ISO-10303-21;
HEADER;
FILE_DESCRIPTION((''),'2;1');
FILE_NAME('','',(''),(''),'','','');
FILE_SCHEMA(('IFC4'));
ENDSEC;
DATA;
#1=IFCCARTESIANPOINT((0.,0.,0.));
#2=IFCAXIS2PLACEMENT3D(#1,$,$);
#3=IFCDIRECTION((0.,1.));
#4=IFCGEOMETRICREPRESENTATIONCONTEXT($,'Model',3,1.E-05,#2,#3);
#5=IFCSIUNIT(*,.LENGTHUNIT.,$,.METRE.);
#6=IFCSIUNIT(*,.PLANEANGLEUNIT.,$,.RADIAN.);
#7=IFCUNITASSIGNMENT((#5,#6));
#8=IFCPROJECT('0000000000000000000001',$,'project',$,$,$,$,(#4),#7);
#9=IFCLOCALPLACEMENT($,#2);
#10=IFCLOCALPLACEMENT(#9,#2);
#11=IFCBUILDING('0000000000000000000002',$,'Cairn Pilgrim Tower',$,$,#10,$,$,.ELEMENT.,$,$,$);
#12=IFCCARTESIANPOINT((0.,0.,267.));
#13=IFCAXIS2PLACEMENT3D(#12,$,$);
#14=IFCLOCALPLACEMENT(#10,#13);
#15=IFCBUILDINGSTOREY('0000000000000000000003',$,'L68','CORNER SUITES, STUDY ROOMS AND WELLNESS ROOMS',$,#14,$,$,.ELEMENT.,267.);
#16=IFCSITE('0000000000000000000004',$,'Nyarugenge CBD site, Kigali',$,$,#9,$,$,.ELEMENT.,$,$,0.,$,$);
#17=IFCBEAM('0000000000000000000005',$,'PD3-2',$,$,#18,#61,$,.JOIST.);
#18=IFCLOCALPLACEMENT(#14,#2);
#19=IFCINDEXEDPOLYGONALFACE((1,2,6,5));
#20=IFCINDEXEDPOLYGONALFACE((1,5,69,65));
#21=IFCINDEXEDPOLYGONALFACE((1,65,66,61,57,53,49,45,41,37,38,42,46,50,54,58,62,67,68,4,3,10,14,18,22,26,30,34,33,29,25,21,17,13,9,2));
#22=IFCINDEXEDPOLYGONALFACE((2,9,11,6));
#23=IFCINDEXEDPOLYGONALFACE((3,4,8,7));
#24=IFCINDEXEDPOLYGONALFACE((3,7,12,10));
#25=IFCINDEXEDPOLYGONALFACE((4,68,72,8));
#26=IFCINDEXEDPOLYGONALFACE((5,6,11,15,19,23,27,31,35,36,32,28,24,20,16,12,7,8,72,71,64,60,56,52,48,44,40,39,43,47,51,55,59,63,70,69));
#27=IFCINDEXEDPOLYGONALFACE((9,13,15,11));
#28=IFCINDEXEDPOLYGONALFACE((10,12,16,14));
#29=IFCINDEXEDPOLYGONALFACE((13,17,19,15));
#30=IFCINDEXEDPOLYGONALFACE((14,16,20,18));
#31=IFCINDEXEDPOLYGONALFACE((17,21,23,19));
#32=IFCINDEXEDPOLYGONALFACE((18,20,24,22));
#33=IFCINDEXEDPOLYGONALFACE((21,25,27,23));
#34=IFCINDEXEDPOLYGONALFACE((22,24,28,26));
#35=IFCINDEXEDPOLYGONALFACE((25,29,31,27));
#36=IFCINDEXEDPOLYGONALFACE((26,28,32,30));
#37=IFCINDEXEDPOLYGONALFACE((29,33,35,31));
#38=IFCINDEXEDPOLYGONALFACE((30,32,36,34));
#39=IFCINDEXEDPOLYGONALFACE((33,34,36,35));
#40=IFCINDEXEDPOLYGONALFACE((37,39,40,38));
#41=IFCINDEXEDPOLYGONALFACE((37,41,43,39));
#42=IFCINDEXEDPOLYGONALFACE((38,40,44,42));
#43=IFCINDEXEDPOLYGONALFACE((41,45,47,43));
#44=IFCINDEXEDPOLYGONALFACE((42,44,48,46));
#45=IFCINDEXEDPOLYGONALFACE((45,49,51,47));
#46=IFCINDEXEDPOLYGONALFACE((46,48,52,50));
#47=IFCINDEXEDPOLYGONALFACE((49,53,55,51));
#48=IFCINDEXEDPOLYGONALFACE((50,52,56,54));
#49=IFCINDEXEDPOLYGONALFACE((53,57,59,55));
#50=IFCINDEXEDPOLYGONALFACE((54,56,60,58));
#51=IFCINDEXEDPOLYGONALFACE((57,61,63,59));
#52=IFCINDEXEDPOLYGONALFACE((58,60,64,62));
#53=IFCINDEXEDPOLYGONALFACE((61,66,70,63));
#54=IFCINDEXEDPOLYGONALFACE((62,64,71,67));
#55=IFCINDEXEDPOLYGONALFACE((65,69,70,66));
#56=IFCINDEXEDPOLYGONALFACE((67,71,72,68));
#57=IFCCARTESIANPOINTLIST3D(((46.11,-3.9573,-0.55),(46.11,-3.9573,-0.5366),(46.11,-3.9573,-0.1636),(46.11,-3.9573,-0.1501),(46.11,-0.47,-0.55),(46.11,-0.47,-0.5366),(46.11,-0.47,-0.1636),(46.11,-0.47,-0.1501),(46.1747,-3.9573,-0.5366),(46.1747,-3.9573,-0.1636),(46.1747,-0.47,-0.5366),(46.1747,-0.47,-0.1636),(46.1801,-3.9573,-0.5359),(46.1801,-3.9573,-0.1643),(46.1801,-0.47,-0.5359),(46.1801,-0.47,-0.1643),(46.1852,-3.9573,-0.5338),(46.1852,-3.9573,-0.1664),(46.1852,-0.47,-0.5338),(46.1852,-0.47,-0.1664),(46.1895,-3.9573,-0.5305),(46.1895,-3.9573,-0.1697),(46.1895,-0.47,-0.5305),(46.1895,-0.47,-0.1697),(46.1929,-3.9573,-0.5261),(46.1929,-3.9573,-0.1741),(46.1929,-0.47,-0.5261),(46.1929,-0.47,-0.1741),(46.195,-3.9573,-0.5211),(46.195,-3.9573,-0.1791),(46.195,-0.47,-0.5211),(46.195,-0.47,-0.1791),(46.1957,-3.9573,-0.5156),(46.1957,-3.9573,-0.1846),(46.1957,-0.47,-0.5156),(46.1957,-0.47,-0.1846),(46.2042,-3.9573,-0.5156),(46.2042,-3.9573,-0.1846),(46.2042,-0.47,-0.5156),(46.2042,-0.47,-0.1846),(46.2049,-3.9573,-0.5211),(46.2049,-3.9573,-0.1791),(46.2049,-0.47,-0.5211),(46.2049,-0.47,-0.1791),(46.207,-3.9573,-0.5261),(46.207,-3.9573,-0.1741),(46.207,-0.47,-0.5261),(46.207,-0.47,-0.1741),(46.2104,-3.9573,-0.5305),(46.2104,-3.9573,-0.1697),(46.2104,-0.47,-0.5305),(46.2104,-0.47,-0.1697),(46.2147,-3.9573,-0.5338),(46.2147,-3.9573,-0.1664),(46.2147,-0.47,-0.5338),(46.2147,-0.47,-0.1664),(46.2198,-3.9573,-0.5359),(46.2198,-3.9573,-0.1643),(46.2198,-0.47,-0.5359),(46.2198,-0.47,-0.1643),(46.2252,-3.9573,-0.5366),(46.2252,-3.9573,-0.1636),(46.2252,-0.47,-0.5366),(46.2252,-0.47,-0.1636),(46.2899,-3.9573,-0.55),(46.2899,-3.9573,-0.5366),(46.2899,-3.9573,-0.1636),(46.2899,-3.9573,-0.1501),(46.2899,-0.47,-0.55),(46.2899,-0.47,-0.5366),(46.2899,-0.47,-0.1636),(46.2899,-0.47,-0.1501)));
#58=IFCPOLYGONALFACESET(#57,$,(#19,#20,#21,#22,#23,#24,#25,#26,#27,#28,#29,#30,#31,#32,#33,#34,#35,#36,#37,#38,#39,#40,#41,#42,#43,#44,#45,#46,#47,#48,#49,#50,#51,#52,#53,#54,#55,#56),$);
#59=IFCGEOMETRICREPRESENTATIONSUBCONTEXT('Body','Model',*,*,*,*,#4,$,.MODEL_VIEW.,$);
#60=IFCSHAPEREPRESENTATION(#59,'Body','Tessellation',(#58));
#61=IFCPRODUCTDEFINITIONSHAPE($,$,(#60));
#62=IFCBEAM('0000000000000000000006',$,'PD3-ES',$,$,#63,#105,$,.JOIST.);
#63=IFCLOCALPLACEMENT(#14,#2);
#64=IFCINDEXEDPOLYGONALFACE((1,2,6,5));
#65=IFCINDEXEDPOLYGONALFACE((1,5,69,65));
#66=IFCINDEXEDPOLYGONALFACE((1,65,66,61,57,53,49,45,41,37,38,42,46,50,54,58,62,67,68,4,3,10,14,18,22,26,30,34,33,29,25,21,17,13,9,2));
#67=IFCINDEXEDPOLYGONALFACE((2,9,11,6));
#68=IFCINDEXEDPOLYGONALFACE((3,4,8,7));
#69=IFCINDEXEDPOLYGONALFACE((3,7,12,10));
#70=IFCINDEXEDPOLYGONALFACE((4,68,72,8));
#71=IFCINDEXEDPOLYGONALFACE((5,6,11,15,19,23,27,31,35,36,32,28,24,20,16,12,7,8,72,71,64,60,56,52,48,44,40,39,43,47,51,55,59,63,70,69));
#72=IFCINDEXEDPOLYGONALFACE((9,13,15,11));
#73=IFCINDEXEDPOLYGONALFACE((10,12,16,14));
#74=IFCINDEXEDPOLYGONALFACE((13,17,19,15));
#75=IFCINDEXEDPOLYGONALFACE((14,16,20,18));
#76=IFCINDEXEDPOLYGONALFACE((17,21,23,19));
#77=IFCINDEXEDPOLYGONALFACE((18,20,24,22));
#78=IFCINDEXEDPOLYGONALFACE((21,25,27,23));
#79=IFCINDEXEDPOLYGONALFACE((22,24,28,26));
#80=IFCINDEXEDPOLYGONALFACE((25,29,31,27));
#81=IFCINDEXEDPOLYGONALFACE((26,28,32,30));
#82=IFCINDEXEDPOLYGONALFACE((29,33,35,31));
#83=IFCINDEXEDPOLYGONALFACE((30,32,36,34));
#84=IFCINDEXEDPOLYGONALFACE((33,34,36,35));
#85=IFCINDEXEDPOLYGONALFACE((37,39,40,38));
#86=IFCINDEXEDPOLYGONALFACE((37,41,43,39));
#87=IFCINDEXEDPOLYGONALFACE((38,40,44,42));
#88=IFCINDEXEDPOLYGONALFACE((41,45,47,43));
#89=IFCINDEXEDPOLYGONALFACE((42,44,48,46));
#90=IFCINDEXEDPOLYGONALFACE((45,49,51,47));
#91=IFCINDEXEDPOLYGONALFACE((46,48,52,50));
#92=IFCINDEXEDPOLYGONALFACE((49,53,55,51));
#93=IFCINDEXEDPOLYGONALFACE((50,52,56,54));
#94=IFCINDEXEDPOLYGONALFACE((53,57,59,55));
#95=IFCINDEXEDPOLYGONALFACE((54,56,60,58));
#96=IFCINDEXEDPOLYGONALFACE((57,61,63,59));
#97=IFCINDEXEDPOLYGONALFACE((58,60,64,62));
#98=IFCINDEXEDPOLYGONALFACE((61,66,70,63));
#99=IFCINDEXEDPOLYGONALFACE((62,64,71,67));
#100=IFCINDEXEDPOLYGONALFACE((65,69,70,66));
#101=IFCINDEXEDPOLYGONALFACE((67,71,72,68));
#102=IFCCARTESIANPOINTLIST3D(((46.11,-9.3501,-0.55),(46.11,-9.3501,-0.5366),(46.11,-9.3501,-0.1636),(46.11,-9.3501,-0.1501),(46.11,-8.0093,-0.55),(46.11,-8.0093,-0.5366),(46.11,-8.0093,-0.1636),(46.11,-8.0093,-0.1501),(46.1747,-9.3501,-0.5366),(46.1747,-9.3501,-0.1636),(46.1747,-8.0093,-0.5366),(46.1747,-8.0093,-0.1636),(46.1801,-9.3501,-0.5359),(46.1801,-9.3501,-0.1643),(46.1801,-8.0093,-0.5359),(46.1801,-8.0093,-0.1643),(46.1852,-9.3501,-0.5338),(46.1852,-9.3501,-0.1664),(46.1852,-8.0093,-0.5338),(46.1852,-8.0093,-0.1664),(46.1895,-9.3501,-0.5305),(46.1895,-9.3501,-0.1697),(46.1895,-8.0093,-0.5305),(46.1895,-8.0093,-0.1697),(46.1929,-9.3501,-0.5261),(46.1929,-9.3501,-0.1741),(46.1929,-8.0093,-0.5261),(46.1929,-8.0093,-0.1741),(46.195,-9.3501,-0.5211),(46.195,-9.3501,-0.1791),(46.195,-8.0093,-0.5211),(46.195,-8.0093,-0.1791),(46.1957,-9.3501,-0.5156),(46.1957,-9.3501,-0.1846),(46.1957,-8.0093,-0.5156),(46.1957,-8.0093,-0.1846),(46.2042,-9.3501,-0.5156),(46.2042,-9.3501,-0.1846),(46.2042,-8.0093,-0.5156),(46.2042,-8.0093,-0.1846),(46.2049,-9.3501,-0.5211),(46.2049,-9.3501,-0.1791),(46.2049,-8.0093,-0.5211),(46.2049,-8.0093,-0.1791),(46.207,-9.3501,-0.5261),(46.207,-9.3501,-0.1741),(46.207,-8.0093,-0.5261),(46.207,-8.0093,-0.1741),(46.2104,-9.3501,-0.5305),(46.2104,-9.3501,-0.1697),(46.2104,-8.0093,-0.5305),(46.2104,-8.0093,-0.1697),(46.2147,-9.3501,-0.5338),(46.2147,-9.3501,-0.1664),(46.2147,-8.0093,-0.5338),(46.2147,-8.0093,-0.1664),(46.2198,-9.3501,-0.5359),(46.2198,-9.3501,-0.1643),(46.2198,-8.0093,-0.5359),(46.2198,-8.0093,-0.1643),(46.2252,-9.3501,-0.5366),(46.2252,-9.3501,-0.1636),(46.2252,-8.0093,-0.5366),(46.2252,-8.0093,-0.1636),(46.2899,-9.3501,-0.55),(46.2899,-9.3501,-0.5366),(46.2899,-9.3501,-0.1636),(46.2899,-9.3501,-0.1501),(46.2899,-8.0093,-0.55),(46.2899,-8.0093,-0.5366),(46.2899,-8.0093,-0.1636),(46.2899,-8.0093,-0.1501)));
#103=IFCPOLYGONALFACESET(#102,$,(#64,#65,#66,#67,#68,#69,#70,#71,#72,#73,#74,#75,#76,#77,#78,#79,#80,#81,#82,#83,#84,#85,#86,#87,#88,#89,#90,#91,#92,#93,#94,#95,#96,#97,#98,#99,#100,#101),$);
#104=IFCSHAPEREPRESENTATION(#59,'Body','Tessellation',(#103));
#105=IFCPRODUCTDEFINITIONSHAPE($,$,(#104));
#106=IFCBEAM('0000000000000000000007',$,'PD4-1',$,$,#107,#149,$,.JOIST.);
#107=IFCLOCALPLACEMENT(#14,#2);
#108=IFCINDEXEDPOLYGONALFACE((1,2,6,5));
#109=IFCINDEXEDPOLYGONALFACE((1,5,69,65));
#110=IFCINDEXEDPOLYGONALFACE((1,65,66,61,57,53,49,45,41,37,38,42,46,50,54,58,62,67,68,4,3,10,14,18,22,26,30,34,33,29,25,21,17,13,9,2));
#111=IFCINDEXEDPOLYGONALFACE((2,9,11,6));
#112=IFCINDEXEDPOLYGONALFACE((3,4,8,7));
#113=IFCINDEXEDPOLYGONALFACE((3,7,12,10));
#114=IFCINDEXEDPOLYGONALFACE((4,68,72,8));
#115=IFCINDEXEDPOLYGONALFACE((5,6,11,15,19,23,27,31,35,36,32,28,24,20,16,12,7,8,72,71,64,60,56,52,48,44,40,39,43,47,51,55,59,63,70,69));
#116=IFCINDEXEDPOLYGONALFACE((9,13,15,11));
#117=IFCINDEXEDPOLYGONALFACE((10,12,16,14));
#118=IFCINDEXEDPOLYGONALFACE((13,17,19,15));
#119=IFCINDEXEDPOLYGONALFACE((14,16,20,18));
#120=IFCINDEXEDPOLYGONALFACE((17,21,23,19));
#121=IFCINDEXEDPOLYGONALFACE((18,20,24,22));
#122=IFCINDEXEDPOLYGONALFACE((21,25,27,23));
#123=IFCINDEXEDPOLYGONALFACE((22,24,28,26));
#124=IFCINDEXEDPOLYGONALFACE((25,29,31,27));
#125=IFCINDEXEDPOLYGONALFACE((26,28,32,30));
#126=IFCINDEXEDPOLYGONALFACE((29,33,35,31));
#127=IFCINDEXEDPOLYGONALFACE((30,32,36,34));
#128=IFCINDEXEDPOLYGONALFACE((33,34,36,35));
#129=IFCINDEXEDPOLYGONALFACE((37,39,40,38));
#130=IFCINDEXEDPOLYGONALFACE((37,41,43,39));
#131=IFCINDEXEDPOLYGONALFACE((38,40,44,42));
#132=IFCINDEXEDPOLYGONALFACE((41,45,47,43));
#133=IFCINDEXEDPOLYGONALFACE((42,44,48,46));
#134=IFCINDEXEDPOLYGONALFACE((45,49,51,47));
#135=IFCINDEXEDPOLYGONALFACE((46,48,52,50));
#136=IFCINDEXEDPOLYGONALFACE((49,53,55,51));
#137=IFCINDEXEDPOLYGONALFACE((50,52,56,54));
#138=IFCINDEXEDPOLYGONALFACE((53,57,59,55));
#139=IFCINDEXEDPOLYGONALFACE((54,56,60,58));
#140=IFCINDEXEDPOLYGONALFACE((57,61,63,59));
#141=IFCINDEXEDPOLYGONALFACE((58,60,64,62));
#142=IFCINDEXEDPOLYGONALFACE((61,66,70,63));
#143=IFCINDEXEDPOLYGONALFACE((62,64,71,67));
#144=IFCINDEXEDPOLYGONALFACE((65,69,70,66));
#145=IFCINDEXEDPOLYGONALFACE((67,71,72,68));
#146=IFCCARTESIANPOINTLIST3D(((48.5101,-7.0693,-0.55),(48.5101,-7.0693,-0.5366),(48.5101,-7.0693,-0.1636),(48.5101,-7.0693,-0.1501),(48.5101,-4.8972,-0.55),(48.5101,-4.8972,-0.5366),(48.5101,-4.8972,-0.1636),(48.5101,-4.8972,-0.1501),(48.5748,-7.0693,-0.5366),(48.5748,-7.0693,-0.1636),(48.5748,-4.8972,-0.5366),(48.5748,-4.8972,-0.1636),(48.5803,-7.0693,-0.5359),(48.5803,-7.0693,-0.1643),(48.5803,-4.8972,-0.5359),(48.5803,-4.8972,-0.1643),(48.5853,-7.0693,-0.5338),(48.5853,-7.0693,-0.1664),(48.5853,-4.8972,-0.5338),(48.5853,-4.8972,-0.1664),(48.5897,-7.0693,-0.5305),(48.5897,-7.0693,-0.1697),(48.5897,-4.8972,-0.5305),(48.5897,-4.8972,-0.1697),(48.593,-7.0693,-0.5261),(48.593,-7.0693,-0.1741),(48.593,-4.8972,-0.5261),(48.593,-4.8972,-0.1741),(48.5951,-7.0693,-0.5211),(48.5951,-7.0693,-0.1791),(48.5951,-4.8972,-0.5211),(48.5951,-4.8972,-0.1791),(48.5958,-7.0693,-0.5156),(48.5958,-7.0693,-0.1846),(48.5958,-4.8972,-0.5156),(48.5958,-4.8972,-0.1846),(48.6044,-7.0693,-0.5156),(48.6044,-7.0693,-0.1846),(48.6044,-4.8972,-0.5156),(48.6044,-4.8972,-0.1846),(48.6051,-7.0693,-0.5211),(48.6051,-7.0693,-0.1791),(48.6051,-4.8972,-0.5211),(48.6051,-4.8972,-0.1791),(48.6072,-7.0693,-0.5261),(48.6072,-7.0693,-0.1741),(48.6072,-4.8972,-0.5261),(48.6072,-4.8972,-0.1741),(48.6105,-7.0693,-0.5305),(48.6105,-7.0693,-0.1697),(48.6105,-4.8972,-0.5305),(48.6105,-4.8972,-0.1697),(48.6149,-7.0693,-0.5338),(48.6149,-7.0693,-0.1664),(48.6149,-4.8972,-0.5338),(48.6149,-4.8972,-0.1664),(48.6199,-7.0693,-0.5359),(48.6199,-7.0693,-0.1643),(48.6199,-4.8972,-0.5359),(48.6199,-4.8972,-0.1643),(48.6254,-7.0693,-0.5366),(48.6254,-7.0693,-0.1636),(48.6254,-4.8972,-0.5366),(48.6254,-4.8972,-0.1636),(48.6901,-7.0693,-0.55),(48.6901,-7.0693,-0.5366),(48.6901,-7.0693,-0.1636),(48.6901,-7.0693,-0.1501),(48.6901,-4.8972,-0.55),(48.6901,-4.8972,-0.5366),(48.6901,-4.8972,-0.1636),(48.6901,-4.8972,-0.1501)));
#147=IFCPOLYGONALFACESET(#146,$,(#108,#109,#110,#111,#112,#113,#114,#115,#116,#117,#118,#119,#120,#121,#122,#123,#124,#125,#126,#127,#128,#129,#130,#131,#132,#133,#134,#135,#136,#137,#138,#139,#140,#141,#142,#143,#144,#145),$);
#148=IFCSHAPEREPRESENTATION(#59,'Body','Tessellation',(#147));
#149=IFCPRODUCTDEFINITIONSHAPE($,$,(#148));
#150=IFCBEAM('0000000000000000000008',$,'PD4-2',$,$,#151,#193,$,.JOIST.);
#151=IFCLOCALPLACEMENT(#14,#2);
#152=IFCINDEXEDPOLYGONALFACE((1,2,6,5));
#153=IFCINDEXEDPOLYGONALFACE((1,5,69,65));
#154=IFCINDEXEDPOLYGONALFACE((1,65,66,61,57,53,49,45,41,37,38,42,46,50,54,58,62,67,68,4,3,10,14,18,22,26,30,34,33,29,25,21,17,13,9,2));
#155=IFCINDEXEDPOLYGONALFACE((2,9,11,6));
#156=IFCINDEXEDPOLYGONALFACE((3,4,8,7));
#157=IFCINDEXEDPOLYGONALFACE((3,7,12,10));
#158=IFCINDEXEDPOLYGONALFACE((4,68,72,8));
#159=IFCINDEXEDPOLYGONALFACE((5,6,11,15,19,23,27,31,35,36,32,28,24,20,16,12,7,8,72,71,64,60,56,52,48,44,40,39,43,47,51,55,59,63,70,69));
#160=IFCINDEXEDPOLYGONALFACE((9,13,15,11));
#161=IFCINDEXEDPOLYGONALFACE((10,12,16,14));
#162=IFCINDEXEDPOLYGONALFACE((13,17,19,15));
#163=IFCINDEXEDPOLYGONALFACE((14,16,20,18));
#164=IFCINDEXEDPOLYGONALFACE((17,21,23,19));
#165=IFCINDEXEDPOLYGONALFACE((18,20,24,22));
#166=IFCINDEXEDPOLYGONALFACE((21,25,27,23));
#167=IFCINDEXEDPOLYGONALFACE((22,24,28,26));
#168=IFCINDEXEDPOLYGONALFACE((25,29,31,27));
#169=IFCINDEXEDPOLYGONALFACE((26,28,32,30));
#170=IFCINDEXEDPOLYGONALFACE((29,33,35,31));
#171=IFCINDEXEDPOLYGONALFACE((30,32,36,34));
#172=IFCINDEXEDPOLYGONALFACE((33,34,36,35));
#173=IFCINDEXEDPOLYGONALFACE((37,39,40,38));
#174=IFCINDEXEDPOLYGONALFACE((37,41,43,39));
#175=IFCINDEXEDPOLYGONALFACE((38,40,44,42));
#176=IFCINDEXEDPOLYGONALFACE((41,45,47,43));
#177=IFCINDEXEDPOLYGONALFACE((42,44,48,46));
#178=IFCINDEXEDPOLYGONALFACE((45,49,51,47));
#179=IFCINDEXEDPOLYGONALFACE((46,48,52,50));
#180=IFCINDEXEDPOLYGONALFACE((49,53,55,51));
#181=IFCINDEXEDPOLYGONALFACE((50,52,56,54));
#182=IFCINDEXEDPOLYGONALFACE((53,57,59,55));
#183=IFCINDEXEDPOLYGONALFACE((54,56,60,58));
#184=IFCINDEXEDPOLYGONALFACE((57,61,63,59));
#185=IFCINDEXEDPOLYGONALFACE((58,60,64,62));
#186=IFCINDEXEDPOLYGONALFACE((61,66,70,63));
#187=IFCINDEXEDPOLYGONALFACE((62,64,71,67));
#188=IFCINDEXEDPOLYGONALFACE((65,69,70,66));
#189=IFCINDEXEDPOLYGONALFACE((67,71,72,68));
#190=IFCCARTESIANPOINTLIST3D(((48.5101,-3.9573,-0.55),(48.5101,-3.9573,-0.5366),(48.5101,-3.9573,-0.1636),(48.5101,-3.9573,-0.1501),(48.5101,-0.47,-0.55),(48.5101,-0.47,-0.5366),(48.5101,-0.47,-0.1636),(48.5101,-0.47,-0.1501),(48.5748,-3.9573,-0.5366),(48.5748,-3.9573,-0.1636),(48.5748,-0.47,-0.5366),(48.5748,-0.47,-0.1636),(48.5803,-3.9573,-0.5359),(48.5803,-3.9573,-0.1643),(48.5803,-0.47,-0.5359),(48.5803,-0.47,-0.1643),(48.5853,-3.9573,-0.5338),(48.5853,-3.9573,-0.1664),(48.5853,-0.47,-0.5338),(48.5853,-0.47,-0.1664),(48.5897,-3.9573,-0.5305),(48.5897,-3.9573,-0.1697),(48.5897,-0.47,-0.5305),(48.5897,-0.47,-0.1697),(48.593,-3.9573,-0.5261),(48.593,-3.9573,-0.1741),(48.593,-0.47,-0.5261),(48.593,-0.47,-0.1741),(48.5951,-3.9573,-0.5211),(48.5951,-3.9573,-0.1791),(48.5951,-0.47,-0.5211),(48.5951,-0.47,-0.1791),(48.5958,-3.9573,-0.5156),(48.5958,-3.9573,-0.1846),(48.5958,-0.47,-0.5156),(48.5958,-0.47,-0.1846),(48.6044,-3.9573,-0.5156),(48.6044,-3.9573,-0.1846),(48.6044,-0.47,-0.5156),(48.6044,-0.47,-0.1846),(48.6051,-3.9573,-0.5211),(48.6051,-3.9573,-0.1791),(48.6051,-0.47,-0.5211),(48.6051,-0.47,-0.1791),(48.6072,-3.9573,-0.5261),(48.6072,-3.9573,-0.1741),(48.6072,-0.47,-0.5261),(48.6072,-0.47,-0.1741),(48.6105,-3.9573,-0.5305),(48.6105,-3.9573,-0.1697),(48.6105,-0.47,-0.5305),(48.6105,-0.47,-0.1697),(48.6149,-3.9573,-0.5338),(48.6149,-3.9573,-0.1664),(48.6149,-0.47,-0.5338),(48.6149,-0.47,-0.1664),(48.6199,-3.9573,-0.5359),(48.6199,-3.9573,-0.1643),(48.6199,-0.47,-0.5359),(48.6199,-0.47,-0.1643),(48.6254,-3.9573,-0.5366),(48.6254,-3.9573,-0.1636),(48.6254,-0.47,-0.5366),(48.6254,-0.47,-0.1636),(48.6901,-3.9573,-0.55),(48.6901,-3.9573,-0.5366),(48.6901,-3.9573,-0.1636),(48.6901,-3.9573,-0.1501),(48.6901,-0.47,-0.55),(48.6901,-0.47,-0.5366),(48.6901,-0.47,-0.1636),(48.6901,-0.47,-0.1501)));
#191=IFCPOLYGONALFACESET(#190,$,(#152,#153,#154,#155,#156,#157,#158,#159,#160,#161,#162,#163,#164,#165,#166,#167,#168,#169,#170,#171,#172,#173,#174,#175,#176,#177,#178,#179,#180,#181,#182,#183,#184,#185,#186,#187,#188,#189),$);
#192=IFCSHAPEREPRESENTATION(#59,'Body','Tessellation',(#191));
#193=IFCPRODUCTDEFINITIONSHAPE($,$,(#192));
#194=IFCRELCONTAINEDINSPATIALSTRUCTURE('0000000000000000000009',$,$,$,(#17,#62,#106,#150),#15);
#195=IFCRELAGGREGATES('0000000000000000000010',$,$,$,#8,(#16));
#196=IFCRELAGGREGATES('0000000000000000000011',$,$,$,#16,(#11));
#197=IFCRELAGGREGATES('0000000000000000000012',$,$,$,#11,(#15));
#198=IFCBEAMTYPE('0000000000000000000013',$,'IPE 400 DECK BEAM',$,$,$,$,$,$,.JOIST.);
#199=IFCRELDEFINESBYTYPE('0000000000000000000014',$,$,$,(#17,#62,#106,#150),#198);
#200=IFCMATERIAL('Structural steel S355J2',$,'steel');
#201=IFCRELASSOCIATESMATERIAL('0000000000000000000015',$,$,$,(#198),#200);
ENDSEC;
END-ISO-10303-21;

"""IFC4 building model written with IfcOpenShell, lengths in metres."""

from ifc_helpers import new_model, si_unit, direction, frame, origin, origin_2d, place, context, subcontext, project, spatial, i_section, extrude, material, material_profile, profile_set, type_object, element, save


model = new_model("IFC4")

# Units and contexts
model_context = context("Model", 3, precision=1e-05, world=origin(), true_north=direction((0.0, 1.0)))
body_context = subcontext(model_context, "Body", "Model", "MODEL_VIEW")
ifc_project = project(units=[si_unit("LENGTHUNIT", "METRE"), si_unit("PLANEANGLEUNIT", "RADIAN")], contexts=[model_context])

# Site, building, storey
site_placement = place(None, origin())
site = spatial("IfcSite", under=ifc_project, at=site_placement, Name="Nyarugenge CBD site, Kigali", CompositionType="ELEMENT", RefElevation=0.0)
building_placement = place(site_placement, origin())
building = spatial("IfcBuilding", under=site, at=building_placement, Name="Cairn Pilgrim Tower", CompositionType="ELEMENT")
storey_placement = place(building_placement, frame((0.0, 0.0, 267.0)))
storey = spatial("IfcBuildingStorey", under=building, at=storey_placement, Name="L68", Description="CORNER SUITES, STUDY ROOMS AND WELLNESS ROOMS", CompositionType="ELEMENT", Elevation=267.0)

# Beams
ifc_material_1 = material(Name="Structural steel S355J2", Category="steel")
ifc_material_profile_1 = material_profile(ifc_material_1, i_section(OverallWidth=0.1799, OverallDepth=0.3999, WebThickness=0.0085, FlangeThickness=0.0134, FilletRadius=0.021, at=origin_2d()), Name="IPE 400")
ifc_profile_set_1 = profile_set([ifc_material_profile_1], Name="Structural steel S355J2")
beam_type = type_object("IfcBeamType", Name="IPE 400 DECK BEAM", PredefinedType="JOIST", material=ifc_profile_set_1)
beam_1_placement = place(storey_placement, frame((46.2, -3.9573, -0.3501), z_axis=(0.0, 1.0, 0.0), x_axis=(-1.0, 0.0, 0.0)))
element("IfcBeam", 1, at=beam_1_placement, inside=storey, type_object=beam_type, Name="PD3-2", PredefinedType="JOIST", context=body_context, shape_type="SweptSolid", body=[
    extrude(i_section(OverallWidth=0.1799, OverallDepth=0.3999, WebThickness=0.0085, FlangeThickness=0.0134, FilletRadius=0.021, at=origin_2d()), origin(), (0.0, 0.0, 1.0), 3.4873),
])
beam_2_placement = place(storey_placement, frame((46.2, -8.0093, -0.3501), z_axis=(0.0, -1.0, 0.0), x_axis=(1.0, 0.0, 0.0)))
element("IfcBeam", 2, at=beam_2_placement, inside=storey, type_object=beam_type, Name="PD3-ES", PredefinedType="JOIST", context=body_context, shape_type="SweptSolid", body=[
    extrude(i_section(OverallWidth=0.1799, OverallDepth=0.3999, WebThickness=0.0085, FlangeThickness=0.0134, FilletRadius=0.021, at=origin_2d()), origin(), (0.0, 0.0, 1.0), 1.3408),
])
beam_3_placement = place(storey_placement, frame((48.6001, -7.0693, -0.3501), z_axis=(0.0, 1.0, 0.0), x_axis=(-1.0, 0.0, 0.0)))
element("IfcBeam", 3, at=beam_3_placement, inside=storey, type_object=beam_type, Name="PD4-1", PredefinedType="JOIST", context=body_context, shape_type="SweptSolid", body=[
    extrude(i_section(OverallWidth=0.1799, OverallDepth=0.3999, WebThickness=0.0085, FlangeThickness=0.0134, FilletRadius=0.021, at=origin_2d()), origin(), (0.0, 0.0, 1.0), 2.1721),
])
beam_4_placement = place(storey_placement, frame((48.6001, -3.9573, -0.3501), z_axis=(0.0, 1.0, 0.0), x_axis=(-1.0, 0.0, 0.0)))
element("IfcBeam", 4, at=beam_4_placement, inside=storey, type_object=beam_type, Name="PD4-2", PredefinedType="JOIST", context=body_context, shape_type="SweptSolid", body=[
    extrude(i_section(OverallWidth=0.1799, OverallDepth=0.3999, WebThickness=0.0085, FlangeThickness=0.0134, FilletRadius=0.021, at=origin_2d()), origin(), (0.0, 0.0, 1.0), 3.4873),
])

save(model, "model.ifc")
